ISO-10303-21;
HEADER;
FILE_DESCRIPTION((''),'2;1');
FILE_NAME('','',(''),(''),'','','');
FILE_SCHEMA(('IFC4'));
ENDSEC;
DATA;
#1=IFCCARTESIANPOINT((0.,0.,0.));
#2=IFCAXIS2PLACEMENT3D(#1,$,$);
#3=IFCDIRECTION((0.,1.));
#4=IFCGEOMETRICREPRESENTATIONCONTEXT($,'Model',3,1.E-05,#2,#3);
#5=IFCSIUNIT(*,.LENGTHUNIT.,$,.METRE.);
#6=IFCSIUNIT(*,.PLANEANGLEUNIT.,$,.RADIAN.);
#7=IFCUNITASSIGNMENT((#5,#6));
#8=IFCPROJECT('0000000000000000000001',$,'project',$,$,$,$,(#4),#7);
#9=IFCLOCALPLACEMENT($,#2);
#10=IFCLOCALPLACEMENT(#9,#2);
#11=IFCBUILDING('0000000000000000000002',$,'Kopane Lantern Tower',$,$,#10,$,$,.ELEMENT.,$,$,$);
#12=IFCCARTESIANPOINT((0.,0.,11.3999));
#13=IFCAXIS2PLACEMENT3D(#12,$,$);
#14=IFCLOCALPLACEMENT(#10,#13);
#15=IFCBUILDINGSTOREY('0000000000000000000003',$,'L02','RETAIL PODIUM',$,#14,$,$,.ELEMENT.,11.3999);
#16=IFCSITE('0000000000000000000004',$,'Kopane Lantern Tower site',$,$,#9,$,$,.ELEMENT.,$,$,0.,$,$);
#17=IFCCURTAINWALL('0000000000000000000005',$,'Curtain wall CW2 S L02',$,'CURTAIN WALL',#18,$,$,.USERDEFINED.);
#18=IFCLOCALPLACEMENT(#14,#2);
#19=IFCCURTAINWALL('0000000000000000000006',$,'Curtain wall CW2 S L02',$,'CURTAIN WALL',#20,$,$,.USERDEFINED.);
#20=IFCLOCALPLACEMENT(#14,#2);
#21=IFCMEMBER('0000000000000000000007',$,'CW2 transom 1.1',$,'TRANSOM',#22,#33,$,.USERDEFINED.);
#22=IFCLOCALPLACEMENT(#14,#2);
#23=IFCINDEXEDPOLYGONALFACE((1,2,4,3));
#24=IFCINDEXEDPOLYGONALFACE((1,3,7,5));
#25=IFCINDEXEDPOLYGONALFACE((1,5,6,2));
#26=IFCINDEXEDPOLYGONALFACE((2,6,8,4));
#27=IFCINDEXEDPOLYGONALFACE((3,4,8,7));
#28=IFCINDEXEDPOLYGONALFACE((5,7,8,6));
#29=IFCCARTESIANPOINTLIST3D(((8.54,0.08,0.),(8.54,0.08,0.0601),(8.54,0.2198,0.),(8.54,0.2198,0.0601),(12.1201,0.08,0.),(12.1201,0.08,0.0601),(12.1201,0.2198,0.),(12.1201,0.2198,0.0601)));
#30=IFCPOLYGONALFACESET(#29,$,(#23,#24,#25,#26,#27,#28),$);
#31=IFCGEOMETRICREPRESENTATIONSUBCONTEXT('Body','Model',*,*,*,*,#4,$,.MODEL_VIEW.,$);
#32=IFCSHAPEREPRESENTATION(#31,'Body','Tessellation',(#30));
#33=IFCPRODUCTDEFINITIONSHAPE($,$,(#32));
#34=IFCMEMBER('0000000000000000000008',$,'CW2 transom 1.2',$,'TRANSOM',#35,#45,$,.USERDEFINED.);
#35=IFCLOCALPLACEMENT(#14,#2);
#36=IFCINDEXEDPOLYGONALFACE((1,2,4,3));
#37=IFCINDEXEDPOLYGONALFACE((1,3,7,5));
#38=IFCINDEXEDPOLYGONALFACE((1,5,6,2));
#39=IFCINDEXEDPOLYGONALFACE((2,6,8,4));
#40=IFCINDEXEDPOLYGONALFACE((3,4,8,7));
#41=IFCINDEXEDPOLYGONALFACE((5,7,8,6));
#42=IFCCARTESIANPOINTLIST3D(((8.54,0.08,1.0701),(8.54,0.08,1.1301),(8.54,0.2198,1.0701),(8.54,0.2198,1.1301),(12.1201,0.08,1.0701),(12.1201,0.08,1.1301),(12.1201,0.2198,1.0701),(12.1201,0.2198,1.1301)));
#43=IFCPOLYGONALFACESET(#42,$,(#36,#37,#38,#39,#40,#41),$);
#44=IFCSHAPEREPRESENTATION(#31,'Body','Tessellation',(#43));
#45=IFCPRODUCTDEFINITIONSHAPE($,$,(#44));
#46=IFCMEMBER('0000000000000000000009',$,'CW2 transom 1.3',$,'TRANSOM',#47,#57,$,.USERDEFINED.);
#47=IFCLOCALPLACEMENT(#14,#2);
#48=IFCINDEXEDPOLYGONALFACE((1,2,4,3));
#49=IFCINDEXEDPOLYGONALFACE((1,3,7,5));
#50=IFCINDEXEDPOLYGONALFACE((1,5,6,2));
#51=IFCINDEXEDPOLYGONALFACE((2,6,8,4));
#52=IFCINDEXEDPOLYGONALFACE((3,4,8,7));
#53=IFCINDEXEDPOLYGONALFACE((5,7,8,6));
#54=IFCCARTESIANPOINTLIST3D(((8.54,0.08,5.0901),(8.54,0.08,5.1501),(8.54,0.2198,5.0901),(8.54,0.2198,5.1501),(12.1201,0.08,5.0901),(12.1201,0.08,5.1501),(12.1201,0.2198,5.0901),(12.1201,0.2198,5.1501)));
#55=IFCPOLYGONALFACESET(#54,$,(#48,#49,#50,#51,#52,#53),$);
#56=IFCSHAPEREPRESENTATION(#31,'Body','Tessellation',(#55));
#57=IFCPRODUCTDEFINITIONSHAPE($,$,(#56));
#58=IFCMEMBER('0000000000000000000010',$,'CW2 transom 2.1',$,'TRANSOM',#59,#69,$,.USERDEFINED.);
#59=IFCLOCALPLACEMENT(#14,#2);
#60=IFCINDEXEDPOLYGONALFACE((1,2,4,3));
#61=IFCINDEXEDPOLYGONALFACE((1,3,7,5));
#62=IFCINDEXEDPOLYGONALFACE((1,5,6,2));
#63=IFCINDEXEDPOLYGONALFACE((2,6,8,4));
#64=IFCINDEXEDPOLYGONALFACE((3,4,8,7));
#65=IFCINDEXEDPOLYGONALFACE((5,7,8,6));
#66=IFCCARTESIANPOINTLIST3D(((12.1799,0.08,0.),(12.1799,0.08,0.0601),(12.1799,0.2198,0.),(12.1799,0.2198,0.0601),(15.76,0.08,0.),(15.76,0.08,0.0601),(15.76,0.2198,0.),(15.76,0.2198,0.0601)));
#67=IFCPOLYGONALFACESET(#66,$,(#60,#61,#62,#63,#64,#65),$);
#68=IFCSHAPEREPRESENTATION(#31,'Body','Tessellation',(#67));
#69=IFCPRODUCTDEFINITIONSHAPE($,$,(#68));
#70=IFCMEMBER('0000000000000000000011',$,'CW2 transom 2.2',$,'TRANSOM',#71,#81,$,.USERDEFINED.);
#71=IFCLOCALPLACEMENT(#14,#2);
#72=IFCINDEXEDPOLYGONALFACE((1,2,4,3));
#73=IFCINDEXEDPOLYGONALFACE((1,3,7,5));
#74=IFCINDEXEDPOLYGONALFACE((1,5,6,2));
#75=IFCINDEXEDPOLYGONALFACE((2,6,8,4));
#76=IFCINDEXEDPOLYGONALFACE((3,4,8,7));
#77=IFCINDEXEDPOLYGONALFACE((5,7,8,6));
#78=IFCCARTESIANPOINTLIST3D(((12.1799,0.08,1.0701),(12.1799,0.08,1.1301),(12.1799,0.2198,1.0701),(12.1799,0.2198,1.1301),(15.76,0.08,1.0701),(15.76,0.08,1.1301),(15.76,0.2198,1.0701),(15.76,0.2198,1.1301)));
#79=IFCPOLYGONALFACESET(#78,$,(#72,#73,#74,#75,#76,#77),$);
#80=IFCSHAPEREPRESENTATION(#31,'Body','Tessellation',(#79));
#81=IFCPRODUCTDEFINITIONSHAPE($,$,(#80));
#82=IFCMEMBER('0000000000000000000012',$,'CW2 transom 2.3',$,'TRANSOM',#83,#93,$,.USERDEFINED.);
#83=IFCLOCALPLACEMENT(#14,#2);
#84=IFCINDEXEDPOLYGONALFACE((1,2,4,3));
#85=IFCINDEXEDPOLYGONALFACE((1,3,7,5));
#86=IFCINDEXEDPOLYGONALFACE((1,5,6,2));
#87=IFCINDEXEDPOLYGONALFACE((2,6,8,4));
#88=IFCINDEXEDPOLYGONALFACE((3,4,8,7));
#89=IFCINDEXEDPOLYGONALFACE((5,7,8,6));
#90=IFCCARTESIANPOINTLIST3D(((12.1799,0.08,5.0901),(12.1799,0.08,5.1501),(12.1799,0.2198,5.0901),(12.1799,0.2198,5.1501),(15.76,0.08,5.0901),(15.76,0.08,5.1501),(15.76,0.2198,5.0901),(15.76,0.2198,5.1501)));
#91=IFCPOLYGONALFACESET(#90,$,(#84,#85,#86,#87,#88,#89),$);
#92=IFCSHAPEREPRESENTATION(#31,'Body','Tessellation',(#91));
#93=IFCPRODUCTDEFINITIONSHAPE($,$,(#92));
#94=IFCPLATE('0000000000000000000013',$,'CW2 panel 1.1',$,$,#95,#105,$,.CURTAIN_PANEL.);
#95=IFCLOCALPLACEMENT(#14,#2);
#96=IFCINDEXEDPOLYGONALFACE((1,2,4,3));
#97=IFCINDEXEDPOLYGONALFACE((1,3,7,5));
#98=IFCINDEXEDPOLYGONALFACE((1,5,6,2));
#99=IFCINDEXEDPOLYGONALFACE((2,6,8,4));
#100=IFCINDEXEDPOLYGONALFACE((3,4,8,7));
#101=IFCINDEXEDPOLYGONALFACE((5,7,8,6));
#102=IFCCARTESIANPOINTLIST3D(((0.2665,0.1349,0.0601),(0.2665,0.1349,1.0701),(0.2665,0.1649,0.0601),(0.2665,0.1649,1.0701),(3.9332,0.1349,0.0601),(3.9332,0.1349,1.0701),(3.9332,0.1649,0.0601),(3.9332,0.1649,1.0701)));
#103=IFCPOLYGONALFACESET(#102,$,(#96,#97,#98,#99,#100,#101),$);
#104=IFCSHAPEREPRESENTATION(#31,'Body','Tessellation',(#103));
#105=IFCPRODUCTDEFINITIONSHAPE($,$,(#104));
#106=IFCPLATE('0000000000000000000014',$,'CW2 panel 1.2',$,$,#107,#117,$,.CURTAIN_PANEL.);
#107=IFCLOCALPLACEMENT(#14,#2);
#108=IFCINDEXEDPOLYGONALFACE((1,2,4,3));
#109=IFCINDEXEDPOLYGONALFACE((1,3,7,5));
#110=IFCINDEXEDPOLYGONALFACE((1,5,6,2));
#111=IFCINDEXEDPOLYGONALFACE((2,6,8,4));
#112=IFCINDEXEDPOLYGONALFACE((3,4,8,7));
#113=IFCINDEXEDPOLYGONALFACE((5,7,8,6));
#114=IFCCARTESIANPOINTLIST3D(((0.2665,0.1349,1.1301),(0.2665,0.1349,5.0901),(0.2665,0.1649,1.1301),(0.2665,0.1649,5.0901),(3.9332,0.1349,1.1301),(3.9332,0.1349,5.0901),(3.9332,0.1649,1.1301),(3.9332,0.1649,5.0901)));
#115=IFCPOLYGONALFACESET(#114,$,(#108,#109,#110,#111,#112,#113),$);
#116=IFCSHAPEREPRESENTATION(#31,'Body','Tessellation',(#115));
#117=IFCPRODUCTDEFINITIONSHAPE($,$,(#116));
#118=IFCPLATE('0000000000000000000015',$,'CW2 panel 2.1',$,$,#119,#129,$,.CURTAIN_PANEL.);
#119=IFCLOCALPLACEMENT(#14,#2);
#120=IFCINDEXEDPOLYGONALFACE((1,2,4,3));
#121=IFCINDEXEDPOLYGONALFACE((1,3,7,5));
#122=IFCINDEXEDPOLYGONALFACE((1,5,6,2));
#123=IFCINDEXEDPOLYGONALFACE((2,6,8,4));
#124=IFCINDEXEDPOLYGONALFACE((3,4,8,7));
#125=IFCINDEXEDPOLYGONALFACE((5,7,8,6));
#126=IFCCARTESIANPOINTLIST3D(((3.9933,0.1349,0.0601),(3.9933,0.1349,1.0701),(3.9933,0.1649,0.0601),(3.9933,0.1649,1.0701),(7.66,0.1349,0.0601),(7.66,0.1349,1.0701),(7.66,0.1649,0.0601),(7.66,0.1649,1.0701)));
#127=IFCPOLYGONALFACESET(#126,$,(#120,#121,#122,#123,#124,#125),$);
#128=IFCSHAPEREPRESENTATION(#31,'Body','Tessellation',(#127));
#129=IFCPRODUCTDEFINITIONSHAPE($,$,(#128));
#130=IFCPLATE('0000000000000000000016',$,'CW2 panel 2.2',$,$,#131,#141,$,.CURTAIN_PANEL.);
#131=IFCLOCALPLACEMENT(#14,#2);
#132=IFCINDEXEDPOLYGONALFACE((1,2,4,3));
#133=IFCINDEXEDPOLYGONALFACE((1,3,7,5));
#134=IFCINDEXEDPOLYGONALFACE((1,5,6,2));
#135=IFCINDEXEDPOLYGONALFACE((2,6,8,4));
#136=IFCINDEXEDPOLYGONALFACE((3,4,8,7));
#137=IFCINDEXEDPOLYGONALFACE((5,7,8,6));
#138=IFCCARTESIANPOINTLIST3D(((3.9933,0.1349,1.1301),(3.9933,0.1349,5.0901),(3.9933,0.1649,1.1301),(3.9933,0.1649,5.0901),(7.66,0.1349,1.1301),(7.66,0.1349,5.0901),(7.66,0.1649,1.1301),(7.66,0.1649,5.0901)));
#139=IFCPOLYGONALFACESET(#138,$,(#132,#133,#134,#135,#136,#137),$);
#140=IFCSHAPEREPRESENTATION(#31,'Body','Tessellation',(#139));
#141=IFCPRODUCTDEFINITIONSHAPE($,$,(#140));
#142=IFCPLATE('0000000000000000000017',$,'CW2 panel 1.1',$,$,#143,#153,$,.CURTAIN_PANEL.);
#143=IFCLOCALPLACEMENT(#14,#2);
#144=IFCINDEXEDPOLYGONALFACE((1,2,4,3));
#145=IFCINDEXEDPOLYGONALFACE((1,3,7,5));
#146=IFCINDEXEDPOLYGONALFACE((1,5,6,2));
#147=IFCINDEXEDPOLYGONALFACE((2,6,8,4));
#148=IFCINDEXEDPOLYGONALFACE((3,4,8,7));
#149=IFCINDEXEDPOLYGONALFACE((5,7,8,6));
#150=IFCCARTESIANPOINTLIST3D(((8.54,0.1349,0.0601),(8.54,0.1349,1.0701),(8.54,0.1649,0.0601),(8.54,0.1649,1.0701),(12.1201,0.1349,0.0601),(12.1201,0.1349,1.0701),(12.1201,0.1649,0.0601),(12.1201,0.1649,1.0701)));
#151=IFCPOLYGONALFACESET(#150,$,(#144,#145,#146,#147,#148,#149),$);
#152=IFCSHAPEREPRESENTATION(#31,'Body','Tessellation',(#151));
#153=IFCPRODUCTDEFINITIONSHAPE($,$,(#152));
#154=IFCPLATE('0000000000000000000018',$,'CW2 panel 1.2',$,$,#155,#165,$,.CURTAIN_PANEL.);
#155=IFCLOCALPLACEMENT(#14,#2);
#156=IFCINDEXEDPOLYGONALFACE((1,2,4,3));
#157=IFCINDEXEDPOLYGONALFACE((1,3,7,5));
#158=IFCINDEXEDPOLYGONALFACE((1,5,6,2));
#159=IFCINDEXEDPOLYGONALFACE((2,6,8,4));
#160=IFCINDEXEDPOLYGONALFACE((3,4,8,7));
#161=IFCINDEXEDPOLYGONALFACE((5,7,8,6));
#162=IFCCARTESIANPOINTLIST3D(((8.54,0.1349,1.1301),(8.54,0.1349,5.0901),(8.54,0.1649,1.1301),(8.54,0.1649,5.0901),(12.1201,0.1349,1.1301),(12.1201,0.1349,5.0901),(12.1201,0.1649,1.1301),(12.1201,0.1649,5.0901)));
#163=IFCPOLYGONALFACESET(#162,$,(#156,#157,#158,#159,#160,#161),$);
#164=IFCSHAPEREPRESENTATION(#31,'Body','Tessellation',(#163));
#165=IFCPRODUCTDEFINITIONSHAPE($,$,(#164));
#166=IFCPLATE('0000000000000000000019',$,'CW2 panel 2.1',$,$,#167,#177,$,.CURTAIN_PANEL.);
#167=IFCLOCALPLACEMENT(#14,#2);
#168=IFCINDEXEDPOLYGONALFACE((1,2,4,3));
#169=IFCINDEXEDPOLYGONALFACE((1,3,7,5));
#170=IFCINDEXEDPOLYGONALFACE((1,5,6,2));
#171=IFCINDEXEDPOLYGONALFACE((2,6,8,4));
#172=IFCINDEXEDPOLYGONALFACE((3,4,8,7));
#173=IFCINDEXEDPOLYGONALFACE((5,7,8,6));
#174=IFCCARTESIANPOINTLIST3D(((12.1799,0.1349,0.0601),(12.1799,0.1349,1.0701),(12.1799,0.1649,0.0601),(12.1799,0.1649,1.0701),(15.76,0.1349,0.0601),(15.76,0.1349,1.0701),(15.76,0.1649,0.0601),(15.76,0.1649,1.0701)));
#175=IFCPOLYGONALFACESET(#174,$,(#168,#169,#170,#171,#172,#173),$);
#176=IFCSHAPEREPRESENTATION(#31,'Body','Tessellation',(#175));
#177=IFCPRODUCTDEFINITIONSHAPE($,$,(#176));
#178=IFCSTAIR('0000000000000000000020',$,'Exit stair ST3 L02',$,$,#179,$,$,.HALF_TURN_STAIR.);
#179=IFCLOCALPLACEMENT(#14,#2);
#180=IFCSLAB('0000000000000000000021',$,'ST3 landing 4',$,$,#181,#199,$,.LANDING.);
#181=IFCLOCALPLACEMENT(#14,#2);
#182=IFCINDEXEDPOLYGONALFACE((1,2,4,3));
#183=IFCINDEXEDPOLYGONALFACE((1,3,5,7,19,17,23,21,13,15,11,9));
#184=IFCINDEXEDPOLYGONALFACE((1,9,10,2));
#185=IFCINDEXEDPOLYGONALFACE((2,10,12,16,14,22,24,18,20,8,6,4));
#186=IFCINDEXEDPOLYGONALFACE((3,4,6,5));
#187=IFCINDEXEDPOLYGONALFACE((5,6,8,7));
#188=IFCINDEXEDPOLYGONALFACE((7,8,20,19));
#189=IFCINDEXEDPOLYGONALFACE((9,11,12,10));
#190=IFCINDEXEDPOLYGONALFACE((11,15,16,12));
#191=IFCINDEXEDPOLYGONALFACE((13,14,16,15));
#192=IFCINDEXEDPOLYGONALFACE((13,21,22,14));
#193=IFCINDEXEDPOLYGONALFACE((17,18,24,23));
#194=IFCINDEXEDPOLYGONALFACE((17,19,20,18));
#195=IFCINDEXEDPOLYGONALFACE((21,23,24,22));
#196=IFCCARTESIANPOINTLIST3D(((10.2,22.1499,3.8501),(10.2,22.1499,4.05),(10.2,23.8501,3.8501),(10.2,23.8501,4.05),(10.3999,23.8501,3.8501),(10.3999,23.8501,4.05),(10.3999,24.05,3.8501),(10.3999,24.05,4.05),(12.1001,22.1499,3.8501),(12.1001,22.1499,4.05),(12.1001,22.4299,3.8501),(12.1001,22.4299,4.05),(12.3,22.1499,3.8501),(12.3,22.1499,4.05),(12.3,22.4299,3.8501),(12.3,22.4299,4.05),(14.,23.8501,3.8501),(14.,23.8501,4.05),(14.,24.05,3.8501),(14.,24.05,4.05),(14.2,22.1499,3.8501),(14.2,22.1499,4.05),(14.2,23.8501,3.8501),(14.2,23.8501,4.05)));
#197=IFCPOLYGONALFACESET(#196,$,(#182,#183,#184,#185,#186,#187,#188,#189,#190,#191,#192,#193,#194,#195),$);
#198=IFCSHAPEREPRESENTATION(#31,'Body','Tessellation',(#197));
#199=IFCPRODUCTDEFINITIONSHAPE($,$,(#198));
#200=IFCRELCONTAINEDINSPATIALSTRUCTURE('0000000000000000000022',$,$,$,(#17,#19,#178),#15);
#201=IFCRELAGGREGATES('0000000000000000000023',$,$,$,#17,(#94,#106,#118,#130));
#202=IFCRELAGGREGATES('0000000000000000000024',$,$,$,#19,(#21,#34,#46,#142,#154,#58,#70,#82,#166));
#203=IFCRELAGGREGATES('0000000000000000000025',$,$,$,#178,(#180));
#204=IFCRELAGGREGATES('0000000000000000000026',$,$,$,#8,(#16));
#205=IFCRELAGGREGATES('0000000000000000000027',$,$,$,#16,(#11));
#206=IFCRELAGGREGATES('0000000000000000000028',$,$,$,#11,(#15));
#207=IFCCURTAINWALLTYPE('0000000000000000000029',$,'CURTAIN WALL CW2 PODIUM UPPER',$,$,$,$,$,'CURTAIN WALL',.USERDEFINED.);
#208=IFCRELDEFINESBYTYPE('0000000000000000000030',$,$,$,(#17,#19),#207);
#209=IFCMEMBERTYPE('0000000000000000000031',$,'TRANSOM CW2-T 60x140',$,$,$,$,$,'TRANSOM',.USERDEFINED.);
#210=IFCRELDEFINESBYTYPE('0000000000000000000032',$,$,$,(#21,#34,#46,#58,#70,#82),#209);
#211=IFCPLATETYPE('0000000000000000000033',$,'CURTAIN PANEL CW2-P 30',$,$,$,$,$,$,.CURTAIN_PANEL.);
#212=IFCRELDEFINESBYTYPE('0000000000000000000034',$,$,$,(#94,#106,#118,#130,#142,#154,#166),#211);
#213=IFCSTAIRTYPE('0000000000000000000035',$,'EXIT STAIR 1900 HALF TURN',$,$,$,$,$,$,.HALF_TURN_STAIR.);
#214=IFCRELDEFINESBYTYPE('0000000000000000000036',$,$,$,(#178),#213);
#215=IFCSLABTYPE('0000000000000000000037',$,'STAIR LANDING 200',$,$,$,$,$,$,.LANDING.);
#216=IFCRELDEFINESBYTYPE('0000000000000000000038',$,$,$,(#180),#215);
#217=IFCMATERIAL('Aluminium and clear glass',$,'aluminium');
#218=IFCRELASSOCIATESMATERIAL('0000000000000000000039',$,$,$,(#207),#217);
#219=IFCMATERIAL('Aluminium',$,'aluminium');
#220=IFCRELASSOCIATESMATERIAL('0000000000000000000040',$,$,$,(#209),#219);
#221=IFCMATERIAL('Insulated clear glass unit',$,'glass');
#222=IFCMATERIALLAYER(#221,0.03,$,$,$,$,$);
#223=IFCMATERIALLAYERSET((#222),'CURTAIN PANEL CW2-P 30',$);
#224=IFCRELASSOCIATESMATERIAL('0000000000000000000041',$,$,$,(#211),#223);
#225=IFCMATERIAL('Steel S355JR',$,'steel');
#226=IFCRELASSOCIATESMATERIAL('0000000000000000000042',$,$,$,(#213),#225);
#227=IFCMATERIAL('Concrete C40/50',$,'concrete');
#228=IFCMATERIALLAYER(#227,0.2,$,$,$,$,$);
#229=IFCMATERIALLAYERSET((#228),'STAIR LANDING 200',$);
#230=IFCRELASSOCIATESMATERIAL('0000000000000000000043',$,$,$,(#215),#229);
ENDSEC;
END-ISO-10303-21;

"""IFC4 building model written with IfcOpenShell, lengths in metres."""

from ifc_helpers import new_model, si_unit, direction, frame, origin, origin_2d, place, context, subcontext, project, spatial, polyline, rectangle, outline, extrude, material, layer, layer_set, material_profile, profile_set, type_object, element, aggregate, save


model = new_model("IFC4")

# Units and contexts
model_context = context("Model", 3, precision=1e-05, world=origin(), true_north=direction((0.0, 1.0)))
body_context = subcontext(model_context, "Body", "Model", "MODEL_VIEW")
ifc_project = project(units=[si_unit("LENGTHUNIT", "METRE"), si_unit("PLANEANGLEUNIT", "RADIAN")], contexts=[model_context])

# Site, building, storey
site_placement = place(None, origin())
site = spatial("IfcSite", under=ifc_project, at=site_placement, Name="Kopane Lantern Tower site", CompositionType="ELEMENT", RefElevation=0.0)
building_placement = place(site_placement, origin())
building = spatial("IfcBuilding", under=site, at=building_placement, Name="Kopane Lantern Tower", CompositionType="ELEMENT")
storey_placement = place(building_placement, frame((0.0, 0.0, 11.3999)))
storey = spatial("IfcBuildingStorey", under=building, at=storey_placement, Name="L02", Description="RETAIL PODIUM", CompositionType="ELEMENT", Elevation=11.3999)

# Curtain walls
ifc_material_1 = material(Name="Aluminium and clear glass", Category="aluminium")
curtain_wall_type = type_object("IfcCurtainWallType", Name="CURTAIN WALL CW2 PODIUM UPPER", ElementType="CURTAIN WALL", PredefinedType="USERDEFINED", material=ifc_material_1)
curtain_wall_1_placement = place(storey_placement, origin())
curtain_wall_1 = element("IfcCurtainWall", 1, at=curtain_wall_1_placement, inside=storey, type_object=curtain_wall_type, Name="Curtain wall CW2 S L02", ObjectType="CURTAIN WALL", PredefinedType="USERDEFINED")
curtain_wall_2_placement = place(storey_placement, origin())
curtain_wall_2 = element("IfcCurtainWall", 2, at=curtain_wall_2_placement, inside=storey, type_object=curtain_wall_type, Name="Curtain wall CW2 S L02", ObjectType="CURTAIN WALL", PredefinedType="USERDEFINED")

# Members
ifc_material_2 = material(Name="Aluminium", Category="aluminium")
ifc_material_profile_1 = material_profile(ifc_material_2, rectangle(XDim=0.1399, YDim=0.0601, at=origin_2d()), Name="AL 140x60")
ifc_profile_set_1 = profile_set([ifc_material_profile_1], Name="Aluminium")
member_type_1 = type_object("IfcMemberType", Name="TRANSOM CW2-T 60x140", ElementType="TRANSOM", PredefinedType="USERDEFINED", material=ifc_profile_set_1)
member_1_placement = place(storey_placement, frame((8.54, 0.1499, 0.03), z_axis=(1.0, 0.0, 0.0), x_axis=(0.0, 1.0, 0.0)))
member_1 = element("IfcMember", 3, at=member_1_placement, type_object=member_type_1, Name="CW2 transom 1.1", ObjectType="TRANSOM", PredefinedType="USERDEFINED", context=body_context, shape_type="SweptSolid", body=[
    extrude(rectangle(XDim=0.1399, YDim=0.0601, at=origin_2d()), origin(), (0.0, 0.0, 1.0), 3.5801),
])
member_2_placement = place(storey_placement, frame((8.54, 0.1499, 1.1001), z_axis=(1.0, 0.0, 0.0), x_axis=(0.0, 1.0, 0.0)))
member_2 = element("IfcMember", 4, at=member_2_placement, type_object=member_type_1, Name="CW2 transom 1.2", ObjectType="TRANSOM", PredefinedType="USERDEFINED", context=body_context, shape_type="SweptSolid", body=[
    extrude(rectangle(XDim=0.1399, YDim=0.0601, at=origin_2d()), origin(), (0.0, 0.0, 1.0), 3.5801),
])
member_3_placement = place(storey_placement, frame((8.54, 0.1499, 5.1201), z_axis=(1.0, 0.0, 0.0), x_axis=(0.0, 1.0, 0.0)))
member_3 = element("IfcMember", 5, at=member_3_placement, type_object=member_type_1, Name="CW2 transom 1.3", ObjectType="TRANSOM", PredefinedType="USERDEFINED", context=body_context, shape_type="SweptSolid", body=[
    extrude(rectangle(XDim=0.1399, YDim=0.0601, at=origin_2d()), origin(), (0.0, 0.0, 1.0), 3.5801),
])
member_4_placement = place(storey_placement, frame((12.1799, 0.1499, 0.03), z_axis=(1.0, 0.0, 0.0), x_axis=(0.0, 1.0, 0.0)))
member_4 = element("IfcMember", 6, at=member_4_placement, type_object=member_type_1, Name="CW2 transom 2.1", ObjectType="TRANSOM", PredefinedType="USERDEFINED", context=body_context, shape_type="SweptSolid", body=[
    extrude(rectangle(XDim=0.1399, YDim=0.0601, at=origin_2d()), origin(), (0.0, 0.0, 1.0), 3.5801),
])
member_5_placement = place(storey_placement, frame((12.1799, 0.1499, 1.1001), z_axis=(1.0, 0.0, 0.0), x_axis=(0.0, 1.0, 0.0)))
member_5 = element("IfcMember", 7, at=member_5_placement, type_object=member_type_1, Name="CW2 transom 2.2", ObjectType="TRANSOM", PredefinedType="USERDEFINED", context=body_context, shape_type="SweptSolid", body=[
    extrude(rectangle(XDim=0.1399, YDim=0.0601, at=origin_2d()), origin(), (0.0, 0.0, 1.0), 3.5801),
])
member_6_placement = place(storey_placement, frame((12.1799, 0.1499, 5.1201), z_axis=(1.0, 0.0, 0.0), x_axis=(0.0, 1.0, 0.0)))
member_6 = element("IfcMember", 8, at=member_6_placement, type_object=member_type_1, Name="CW2 transom 2.3", ObjectType="TRANSOM", PredefinedType="USERDEFINED", context=body_context, shape_type="SweptSolid", body=[
    extrude(rectangle(XDim=0.1399, YDim=0.0601, at=origin_2d()), origin(), (0.0, 0.0, 1.0), 3.5801),
])

# Plates
ifc_material_3 = material(Name="Insulated clear glass unit", Category="glass")
ifc_layer_1 = layer(ifc_material_3, 0.03)
ifc_layer_set_1 = layer_set([ifc_layer_1], Name="CURTAIN PANEL CW2-P 30")
plate_type = type_object("IfcPlateType", Name="CURTAIN PANEL CW2-P 30", PredefinedType="CURTAIN_PANEL", material=ifc_layer_set_1)
plate_1_placement = place(storey_placement, frame((2.0999, 0.1499, 0.0601), z_axis=(0.0, 0.0, 1.0), x_axis=(1.0, 0.0, 0.0)))
plate_1 = element("IfcPlate", 9, at=plate_1_placement, type_object=plate_type, Name="CW2 panel 1.1", PredefinedType="CURTAIN_PANEL", context=body_context, shape_type="SweptSolid", body=[
    extrude(rectangle(XDim=3.6667, YDim=0.03, at=origin_2d()), origin(), (0.0, 0.0, 1.0), 1.01),
])
plate_2_placement = place(storey_placement, frame((2.0999, 0.1499, 1.1301), z_axis=(0.0, 0.0, 1.0), x_axis=(1.0, 0.0, 0.0)))
plate_2 = element("IfcPlate", 10, at=plate_2_placement, type_object=plate_type, Name="CW2 panel 1.2", PredefinedType="CURTAIN_PANEL", context=body_context, shape_type="SweptSolid", body=[
    extrude(rectangle(XDim=3.6667, YDim=0.03, at=origin_2d()), origin(), (0.0, 0.0, 1.0), 3.96),
])
plate_3_placement = place(storey_placement, frame((5.8267, 0.1499, 0.0601), z_axis=(0.0, 0.0, 1.0), x_axis=(1.0, 0.0, 0.0)))
plate_3 = element("IfcPlate", 11, at=plate_3_placement, type_object=plate_type, Name="CW2 panel 2.1", PredefinedType="CURTAIN_PANEL", context=body_context, shape_type="SweptSolid", body=[
    extrude(rectangle(XDim=3.6667, YDim=0.03, at=origin_2d()), origin(), (0.0, 0.0, 1.0), 1.01),
])
plate_4_placement = place(storey_placement, frame((5.8267, 0.1499, 1.1301), z_axis=(0.0, 0.0, 1.0), x_axis=(1.0, 0.0, 0.0)))
plate_4 = element("IfcPlate", 12, at=plate_4_placement, type_object=plate_type, Name="CW2 panel 2.2", PredefinedType="CURTAIN_PANEL", context=body_context, shape_type="SweptSolid", body=[
    extrude(rectangle(XDim=3.6667, YDim=0.03, at=origin_2d()), origin(), (0.0, 0.0, 1.0), 3.96),
])
aggregate(curtain_wall_1, [plate_1, plate_2, plate_3, plate_4])
plate_5_placement = place(storey_placement, frame((10.3301, 0.1499, 0.0601), z_axis=(0.0, 0.0, 1.0), x_axis=(1.0, 0.0, 0.0)))
plate_5 = element("IfcPlate", 13, at=plate_5_placement, type_object=plate_type, Name="CW2 panel 1.1", PredefinedType="CURTAIN_PANEL", context=body_context, shape_type="SweptSolid", body=[
    extrude(rectangle(XDim=3.5801, YDim=0.03, at=origin_2d()), origin(), (0.0, 0.0, 1.0), 1.01),
])
plate_6_placement = place(storey_placement, frame((10.3301, 0.1499, 1.1301), z_axis=(0.0, 0.0, 1.0), x_axis=(1.0, 0.0, 0.0)))
plate_6 = element("IfcPlate", 14, at=plate_6_placement, type_object=plate_type, Name="CW2 panel 1.2", PredefinedType="CURTAIN_PANEL", context=body_context, shape_type="SweptSolid", body=[
    extrude(rectangle(XDim=3.5801, YDim=0.03, at=origin_2d()), origin(), (0.0, 0.0, 1.0), 3.96),
])
plate_7_placement = place(storey_placement, frame((13.97, 0.1499, 0.0601), z_axis=(0.0, 0.0, 1.0), x_axis=(1.0, 0.0, 0.0)))
plate_7 = element("IfcPlate", 15, at=plate_7_placement, type_object=plate_type, Name="CW2 panel 2.1", PredefinedType="CURTAIN_PANEL", context=body_context, shape_type="SweptSolid", body=[
    extrude(rectangle(XDim=3.5801, YDim=0.03, at=origin_2d()), origin(), (0.0, 0.0, 1.0), 1.01),
])
aggregate(curtain_wall_2, [member_1, member_2, member_3, plate_5, plate_6, member_4, member_5, member_6, plate_7])

# Stair, slab
ifc_material_4 = material(Name="Steel S355JR", Category="steel")
stair_type = type_object("IfcStairType", Name="EXIT STAIR 1900 HALF TURN", PredefinedType="HALF_TURN_STAIR", material=ifc_material_4)
stair_1_placement = place(storey_placement, origin())
stair_1 = element("IfcStair", 16, at=stair_1_placement, inside=storey, type_object=stair_type, Name="Exit stair ST3 L02", PredefinedType="HALF_TURN_STAIR")
ifc_material_5 = material(Name="Concrete C40/50", Category="concrete")
ifc_layer_2 = layer(ifc_material_5, 0.2)
ifc_layer_set_2 = layer_set([ifc_layer_2], Name="STAIR LANDING 200")
slab_type = type_object("IfcSlabType", Name="STAIR LANDING 200", PredefinedType="LANDING", material=ifc_layer_set_2)
slab_1_placement = place(storey_placement, frame((0.0, 0.0, 3.8501)))
slab_1 = element("IfcSlab", 17, at=slab_1_placement, type_object=slab_type, Name="ST3 landing 4", PredefinedType="LANDING", context=body_context, shape_type="SweptSolid", body=[
    extrude(outline(polyline([(10.3999, 23.8501), (10.2, 23.8501), (10.2, 22.1499), (12.1001, 22.1499), (12.1001, 22.4299), (12.3, 22.4299), (12.3, 22.1499), (14.2, 22.1499), (14.2, 23.8501), (14.0, 23.8501), (14.0, 24.05), (10.3999, 24.05), (10.3999, 23.8501)])), origin(), (0.0, 0.0, 1.0), 0.2),
])
aggregate(stair_1, [slab_1])

save(model, "model.ifc")
